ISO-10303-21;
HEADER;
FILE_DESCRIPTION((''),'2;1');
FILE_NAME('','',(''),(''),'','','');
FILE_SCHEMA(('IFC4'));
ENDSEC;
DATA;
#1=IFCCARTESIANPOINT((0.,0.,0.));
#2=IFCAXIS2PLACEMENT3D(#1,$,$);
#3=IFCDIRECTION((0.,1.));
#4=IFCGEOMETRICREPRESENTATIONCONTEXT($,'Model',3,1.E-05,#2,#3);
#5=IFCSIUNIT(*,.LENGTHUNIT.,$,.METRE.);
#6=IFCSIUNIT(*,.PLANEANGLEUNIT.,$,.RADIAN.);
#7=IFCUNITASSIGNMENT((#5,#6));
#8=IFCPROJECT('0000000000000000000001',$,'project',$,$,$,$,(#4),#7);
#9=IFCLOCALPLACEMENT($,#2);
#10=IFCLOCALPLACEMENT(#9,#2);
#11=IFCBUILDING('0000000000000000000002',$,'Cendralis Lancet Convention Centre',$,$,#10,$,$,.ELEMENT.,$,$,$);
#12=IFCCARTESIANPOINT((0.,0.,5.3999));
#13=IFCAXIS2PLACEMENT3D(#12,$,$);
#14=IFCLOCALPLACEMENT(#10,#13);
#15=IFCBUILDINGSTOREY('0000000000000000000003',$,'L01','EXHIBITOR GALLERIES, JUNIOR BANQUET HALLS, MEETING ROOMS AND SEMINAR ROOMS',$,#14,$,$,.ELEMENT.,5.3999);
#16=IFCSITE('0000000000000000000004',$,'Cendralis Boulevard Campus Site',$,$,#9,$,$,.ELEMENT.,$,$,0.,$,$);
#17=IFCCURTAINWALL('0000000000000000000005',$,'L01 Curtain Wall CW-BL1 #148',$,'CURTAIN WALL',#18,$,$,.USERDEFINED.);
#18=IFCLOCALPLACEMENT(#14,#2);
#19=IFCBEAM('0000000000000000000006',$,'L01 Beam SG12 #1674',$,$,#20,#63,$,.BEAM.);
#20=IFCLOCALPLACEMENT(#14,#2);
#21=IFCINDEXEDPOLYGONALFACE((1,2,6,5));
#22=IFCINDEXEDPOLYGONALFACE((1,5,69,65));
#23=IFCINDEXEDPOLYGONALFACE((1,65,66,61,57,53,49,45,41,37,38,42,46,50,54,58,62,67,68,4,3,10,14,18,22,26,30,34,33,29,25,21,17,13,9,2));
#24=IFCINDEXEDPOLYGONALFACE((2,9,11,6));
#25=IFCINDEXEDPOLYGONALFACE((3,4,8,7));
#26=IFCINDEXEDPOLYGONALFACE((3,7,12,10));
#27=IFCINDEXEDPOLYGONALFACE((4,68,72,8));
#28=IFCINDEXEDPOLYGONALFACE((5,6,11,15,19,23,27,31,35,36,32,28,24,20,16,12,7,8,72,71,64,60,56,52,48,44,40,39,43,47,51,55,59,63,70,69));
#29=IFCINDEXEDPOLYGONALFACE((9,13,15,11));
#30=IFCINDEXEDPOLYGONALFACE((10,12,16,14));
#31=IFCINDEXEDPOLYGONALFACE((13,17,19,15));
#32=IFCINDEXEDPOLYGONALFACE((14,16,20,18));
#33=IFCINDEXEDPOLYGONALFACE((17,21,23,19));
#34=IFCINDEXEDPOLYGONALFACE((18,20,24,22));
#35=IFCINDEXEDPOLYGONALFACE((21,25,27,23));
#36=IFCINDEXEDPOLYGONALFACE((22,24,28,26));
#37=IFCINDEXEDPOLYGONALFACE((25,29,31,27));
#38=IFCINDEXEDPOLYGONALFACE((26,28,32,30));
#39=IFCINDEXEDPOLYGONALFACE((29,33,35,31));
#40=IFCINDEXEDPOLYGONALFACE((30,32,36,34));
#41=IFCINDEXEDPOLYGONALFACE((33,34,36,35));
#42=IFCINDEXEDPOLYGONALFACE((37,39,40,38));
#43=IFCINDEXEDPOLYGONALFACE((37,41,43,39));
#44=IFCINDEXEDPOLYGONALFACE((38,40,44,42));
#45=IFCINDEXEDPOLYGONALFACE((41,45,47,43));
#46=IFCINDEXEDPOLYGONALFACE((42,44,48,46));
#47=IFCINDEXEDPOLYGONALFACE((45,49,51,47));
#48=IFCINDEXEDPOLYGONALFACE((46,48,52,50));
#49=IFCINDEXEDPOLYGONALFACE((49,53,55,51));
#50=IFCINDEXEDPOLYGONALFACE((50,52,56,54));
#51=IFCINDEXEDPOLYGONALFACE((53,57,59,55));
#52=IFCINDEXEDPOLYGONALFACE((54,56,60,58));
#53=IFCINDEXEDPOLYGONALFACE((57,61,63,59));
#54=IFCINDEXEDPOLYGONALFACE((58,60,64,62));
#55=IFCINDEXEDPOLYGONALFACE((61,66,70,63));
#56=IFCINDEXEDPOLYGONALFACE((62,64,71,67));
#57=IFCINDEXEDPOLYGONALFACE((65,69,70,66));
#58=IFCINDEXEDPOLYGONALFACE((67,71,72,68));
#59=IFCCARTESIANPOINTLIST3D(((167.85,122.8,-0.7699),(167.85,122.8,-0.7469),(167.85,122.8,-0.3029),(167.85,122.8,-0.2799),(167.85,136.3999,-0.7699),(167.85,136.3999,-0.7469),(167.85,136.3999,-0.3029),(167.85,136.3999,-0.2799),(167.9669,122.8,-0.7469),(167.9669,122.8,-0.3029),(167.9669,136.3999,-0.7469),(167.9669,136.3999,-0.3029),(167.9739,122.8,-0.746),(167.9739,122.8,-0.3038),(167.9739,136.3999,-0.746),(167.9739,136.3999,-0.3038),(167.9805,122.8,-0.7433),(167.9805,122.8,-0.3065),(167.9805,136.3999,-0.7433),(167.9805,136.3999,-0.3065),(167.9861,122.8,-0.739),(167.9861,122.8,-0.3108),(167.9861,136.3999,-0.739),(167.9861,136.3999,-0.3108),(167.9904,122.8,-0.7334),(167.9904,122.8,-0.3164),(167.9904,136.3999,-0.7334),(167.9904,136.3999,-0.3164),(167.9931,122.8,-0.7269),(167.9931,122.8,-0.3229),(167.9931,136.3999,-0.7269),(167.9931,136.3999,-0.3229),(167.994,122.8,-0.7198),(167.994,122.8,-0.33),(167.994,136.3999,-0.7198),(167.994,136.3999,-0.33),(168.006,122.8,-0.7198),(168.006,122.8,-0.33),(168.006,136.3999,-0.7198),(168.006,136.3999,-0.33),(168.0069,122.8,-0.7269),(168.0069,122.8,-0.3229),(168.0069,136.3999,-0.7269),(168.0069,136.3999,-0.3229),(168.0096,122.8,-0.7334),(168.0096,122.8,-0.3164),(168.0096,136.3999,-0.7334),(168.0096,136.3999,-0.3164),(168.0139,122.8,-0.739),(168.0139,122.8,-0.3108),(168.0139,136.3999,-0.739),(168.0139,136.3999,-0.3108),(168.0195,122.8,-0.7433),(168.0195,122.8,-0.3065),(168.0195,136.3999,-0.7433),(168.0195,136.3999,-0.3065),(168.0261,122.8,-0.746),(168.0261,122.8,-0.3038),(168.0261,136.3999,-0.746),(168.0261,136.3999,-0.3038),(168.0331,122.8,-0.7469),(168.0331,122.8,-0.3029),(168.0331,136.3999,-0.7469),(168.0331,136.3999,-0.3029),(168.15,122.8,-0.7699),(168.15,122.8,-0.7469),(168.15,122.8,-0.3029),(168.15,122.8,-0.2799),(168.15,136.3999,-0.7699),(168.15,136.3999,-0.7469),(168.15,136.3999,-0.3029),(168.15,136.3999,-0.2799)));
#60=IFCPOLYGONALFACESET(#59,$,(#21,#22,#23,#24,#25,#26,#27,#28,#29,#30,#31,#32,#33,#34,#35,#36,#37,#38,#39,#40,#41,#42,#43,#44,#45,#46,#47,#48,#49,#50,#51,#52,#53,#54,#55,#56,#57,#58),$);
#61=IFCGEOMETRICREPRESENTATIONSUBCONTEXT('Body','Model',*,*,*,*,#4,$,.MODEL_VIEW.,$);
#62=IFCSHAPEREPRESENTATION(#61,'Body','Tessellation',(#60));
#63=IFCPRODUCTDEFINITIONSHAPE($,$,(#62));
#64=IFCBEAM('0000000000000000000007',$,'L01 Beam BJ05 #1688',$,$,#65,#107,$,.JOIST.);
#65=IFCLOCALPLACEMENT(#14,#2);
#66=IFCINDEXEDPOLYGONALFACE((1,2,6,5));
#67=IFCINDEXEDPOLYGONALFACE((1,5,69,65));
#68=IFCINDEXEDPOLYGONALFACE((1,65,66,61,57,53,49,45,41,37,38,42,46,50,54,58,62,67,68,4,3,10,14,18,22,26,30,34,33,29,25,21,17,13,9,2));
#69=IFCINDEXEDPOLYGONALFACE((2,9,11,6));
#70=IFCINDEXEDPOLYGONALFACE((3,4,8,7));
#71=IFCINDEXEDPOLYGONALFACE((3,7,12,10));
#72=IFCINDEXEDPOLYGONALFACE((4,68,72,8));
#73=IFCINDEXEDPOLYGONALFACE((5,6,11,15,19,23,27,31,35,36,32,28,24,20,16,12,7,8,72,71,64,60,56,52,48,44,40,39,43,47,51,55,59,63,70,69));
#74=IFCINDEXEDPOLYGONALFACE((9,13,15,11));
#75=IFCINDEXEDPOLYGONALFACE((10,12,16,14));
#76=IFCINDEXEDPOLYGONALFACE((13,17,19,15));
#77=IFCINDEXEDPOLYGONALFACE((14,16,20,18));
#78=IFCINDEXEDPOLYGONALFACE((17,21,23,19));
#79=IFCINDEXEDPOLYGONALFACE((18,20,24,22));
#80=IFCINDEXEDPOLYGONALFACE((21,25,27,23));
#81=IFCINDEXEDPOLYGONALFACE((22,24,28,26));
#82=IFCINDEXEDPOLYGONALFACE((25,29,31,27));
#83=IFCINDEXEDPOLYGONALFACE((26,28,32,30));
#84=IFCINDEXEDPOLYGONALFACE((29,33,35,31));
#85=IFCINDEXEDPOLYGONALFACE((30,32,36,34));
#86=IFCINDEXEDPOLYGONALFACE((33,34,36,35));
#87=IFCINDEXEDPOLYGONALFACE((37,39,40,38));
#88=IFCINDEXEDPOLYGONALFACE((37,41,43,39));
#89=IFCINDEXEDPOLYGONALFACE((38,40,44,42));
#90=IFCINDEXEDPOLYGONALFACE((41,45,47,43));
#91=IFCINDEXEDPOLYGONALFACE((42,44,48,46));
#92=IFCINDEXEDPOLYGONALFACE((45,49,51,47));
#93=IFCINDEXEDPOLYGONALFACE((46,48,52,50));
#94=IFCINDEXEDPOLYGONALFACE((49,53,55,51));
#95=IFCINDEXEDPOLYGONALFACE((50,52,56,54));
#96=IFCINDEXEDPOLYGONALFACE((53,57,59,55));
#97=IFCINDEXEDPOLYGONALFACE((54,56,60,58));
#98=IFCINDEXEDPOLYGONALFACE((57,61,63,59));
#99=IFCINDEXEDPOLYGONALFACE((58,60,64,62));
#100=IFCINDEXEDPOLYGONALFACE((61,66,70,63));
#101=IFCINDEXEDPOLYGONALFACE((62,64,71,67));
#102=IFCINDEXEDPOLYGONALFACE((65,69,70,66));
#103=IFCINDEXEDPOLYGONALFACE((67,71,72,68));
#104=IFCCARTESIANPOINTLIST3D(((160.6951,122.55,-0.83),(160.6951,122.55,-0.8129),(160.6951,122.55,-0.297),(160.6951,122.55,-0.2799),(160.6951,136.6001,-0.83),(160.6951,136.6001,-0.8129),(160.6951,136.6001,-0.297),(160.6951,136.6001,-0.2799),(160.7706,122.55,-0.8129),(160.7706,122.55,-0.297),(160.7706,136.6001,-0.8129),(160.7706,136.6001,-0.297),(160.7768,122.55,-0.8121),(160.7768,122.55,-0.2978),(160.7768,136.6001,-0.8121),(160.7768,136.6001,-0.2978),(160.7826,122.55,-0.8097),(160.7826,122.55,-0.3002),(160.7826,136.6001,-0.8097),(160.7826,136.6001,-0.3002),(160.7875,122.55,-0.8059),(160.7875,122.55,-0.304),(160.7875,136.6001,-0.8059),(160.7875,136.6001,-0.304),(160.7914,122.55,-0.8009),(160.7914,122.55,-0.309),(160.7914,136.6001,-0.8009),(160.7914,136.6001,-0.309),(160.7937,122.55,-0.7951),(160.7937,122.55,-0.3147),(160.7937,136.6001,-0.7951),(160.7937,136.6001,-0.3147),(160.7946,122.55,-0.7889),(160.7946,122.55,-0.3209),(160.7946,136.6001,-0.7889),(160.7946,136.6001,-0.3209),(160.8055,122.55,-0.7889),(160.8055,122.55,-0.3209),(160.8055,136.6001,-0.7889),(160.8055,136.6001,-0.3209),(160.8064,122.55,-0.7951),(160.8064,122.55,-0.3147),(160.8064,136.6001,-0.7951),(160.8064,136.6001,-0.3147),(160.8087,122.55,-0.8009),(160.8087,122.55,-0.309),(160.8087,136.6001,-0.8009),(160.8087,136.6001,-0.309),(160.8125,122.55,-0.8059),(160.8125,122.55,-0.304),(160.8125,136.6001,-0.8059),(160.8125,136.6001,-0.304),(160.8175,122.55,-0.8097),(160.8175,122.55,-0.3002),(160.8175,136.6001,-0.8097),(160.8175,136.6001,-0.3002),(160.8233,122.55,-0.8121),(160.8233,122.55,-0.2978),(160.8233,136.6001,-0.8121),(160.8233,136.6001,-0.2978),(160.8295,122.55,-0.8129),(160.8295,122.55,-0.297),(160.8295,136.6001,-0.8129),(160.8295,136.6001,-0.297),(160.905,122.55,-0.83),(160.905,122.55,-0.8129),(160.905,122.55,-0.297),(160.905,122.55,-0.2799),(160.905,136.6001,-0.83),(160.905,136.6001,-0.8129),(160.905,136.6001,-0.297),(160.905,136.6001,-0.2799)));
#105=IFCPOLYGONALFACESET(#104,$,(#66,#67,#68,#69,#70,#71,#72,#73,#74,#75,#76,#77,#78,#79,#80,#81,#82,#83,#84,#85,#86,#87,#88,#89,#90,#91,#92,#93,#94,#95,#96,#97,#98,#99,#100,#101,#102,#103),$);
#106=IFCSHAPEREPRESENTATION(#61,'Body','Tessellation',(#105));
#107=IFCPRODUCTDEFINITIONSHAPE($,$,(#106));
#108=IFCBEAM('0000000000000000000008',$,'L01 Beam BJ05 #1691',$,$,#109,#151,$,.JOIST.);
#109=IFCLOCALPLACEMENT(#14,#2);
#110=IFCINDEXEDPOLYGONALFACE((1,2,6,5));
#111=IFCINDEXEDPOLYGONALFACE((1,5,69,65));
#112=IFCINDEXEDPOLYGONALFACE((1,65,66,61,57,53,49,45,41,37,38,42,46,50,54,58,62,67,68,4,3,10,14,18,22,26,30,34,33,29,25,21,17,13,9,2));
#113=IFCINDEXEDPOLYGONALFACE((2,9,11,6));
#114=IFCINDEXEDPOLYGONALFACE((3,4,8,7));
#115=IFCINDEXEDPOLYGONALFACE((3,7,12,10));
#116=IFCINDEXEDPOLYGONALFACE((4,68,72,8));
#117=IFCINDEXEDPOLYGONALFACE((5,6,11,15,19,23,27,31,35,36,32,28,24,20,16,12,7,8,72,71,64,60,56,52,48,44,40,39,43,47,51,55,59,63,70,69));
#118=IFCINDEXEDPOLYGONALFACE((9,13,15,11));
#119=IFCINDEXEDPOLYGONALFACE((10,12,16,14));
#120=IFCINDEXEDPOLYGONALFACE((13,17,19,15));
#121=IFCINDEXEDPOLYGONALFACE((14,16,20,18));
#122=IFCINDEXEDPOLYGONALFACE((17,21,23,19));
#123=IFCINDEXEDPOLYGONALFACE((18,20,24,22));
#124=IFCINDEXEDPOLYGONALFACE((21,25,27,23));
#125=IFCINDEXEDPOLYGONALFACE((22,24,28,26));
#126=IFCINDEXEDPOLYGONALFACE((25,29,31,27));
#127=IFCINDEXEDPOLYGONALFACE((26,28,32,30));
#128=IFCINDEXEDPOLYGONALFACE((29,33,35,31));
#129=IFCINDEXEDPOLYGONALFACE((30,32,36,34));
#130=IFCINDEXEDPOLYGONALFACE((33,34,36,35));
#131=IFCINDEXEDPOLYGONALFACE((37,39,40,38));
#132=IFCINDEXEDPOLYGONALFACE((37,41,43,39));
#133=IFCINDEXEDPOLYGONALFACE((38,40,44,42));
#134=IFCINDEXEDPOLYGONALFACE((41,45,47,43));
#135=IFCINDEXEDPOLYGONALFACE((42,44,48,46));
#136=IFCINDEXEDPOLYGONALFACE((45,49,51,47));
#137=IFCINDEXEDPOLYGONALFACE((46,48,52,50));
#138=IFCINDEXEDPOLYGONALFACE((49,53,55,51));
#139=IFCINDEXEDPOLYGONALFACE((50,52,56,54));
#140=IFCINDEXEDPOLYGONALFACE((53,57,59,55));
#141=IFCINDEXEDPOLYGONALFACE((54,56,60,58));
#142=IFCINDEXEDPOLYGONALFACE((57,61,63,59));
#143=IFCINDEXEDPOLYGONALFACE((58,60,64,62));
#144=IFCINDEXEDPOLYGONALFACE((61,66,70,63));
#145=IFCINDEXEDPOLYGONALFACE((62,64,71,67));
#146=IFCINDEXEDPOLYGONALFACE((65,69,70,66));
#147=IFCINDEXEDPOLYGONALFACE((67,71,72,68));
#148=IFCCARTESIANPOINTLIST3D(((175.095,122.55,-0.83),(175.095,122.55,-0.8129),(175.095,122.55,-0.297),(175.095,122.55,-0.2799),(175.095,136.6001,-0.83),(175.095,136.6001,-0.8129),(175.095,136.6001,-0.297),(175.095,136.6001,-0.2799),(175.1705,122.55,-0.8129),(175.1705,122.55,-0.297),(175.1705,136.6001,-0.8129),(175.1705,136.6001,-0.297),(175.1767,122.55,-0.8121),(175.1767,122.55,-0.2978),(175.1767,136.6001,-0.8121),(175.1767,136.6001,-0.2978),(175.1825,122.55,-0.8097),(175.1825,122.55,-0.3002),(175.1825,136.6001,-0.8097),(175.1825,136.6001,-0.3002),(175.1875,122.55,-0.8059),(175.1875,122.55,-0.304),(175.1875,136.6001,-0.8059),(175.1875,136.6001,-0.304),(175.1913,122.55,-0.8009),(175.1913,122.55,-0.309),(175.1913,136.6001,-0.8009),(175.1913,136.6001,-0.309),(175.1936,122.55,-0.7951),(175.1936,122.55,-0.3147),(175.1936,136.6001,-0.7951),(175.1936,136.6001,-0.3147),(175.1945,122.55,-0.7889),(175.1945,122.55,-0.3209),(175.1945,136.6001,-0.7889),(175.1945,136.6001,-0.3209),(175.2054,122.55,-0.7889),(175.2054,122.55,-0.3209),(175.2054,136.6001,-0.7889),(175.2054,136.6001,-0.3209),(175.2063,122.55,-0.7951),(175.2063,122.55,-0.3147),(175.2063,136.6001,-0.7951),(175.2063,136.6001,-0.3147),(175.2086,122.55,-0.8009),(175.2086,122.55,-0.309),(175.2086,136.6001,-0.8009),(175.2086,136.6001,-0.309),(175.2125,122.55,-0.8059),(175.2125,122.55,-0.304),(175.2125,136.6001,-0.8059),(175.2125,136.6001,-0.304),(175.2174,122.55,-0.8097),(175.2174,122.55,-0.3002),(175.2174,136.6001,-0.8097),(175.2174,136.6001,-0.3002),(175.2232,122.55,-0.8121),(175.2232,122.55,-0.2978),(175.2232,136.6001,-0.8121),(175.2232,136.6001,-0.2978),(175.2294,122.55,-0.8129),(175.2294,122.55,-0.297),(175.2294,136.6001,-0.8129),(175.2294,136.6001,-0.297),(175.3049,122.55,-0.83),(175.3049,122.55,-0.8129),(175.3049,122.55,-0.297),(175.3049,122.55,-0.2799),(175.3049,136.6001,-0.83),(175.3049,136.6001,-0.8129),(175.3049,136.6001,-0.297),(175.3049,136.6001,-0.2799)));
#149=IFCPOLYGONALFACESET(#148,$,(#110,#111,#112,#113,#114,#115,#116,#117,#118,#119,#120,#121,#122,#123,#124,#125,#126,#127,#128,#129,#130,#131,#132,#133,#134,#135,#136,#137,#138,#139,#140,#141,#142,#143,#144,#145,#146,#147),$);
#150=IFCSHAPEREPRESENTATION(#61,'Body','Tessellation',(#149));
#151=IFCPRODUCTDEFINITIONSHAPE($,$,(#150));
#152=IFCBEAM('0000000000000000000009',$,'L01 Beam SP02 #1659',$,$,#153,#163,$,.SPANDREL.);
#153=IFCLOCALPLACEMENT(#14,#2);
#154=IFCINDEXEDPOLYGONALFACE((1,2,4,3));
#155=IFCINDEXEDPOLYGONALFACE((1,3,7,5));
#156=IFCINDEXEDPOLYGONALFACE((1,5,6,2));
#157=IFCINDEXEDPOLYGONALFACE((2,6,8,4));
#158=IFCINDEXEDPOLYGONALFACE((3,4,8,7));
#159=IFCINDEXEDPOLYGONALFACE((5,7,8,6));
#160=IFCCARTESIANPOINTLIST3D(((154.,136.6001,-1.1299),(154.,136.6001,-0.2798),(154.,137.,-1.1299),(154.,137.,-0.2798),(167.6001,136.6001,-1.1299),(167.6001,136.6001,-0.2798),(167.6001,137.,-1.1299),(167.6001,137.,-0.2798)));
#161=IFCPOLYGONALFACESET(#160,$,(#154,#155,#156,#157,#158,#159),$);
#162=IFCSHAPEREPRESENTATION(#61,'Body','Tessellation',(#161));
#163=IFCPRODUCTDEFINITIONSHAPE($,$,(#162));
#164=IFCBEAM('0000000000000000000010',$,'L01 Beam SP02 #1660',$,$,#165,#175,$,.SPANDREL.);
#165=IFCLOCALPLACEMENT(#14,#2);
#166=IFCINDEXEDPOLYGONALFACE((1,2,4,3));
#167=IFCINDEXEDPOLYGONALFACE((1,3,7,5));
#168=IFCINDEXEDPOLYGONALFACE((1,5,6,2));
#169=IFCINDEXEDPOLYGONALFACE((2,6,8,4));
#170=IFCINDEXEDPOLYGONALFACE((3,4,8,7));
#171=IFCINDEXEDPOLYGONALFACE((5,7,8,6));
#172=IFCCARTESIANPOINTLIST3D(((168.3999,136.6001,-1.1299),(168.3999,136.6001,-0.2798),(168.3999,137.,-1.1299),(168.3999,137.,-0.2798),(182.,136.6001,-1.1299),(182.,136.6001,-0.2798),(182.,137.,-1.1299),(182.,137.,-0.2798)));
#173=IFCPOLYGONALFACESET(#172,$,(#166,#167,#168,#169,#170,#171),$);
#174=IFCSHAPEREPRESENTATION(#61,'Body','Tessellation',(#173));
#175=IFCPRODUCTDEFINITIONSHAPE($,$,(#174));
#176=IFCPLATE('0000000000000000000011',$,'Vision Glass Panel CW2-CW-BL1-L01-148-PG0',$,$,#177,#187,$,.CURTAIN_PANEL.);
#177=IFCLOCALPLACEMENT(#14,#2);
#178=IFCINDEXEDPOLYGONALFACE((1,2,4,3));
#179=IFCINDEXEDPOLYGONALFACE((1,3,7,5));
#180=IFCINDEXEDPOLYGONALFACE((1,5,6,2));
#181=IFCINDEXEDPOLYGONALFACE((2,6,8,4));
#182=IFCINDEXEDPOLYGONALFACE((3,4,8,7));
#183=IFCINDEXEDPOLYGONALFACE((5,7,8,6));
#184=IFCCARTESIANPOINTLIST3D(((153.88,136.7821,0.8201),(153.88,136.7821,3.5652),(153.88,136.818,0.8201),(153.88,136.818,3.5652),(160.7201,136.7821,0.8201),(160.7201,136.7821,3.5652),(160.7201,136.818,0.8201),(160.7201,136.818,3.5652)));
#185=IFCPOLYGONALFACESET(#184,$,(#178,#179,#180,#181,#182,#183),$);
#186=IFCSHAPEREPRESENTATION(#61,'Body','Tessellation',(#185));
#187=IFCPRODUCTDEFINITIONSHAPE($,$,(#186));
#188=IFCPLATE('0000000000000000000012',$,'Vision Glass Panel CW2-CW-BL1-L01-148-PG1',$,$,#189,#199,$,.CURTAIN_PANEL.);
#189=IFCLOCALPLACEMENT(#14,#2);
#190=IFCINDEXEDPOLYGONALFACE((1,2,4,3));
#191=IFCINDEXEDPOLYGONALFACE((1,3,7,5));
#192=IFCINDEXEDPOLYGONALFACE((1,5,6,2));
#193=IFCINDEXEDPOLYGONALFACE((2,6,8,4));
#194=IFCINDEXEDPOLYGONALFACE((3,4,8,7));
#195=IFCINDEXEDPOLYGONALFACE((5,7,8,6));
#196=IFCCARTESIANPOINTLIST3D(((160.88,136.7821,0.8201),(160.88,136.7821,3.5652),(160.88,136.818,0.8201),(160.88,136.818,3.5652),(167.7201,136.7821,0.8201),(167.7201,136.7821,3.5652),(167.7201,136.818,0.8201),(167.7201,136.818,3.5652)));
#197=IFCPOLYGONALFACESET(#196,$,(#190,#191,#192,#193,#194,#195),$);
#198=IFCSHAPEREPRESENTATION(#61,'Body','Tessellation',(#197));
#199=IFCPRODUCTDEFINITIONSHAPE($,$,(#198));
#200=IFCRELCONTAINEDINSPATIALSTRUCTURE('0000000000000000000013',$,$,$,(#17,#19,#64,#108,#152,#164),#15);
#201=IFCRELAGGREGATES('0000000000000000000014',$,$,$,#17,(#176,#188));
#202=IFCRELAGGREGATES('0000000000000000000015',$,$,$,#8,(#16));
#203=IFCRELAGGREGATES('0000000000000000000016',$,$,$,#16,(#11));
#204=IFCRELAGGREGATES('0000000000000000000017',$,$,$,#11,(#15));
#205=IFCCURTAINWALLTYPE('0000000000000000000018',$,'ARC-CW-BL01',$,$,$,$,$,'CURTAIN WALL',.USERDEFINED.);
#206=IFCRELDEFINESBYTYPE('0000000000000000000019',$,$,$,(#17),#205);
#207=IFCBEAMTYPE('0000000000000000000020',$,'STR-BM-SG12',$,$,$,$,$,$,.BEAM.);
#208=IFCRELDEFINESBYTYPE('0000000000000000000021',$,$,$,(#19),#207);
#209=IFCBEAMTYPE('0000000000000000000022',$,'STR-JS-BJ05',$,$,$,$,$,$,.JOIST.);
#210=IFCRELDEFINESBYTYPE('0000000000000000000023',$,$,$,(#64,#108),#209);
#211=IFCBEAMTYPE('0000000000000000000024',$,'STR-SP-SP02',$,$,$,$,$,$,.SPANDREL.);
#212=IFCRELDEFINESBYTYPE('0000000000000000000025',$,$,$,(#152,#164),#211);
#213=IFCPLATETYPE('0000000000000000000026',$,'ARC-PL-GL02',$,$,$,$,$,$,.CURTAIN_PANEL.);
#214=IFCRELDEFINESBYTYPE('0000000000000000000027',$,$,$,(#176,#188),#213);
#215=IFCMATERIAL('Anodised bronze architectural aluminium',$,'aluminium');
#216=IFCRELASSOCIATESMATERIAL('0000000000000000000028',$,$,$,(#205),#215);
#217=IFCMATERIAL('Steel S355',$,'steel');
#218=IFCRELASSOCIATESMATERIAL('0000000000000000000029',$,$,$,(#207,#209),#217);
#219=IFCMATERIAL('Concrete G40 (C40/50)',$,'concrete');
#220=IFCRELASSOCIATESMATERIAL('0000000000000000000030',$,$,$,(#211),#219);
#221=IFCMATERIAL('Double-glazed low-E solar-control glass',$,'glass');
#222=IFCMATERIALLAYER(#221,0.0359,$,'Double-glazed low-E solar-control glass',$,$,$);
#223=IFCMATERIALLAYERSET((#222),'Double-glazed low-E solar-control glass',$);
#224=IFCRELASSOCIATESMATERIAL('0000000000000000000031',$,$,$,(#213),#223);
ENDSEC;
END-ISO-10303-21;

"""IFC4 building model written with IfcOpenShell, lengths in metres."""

from ifc_helpers import new_model, si_unit, direction, frame, origin, origin_2d, place, context, subcontext, project, spatial, rectangle, i_section, extrude, material, layer, layer_set, material_profile, profile_set, type_object, element, aggregate, save


model = new_model("IFC4")

# Units and contexts
model_context = context("Model", 3, precision=1e-05, world=origin(), true_north=direction((0.0, 1.0)))
body_context = subcontext(model_context, "Body", "Model", "MODEL_VIEW")
ifc_project = project(units=[si_unit("LENGTHUNIT", "METRE"), si_unit("PLANEANGLEUNIT", "RADIAN")], contexts=[model_context])

# Site, building, storey
site_placement = place(None, origin())
site = spatial("IfcSite", under=ifc_project, at=site_placement, Name="Cendralis Boulevard Campus Site", CompositionType="ELEMENT", RefElevation=0.0)
building_placement = place(site_placement, origin())
building = spatial("IfcBuilding", under=site, at=building_placement, Name="Cendralis Lancet Convention Centre", CompositionType="ELEMENT")
storey_placement = place(building_placement, frame((0.0, 0.0, 5.3999)))
storey = spatial("IfcBuildingStorey", under=building, at=storey_placement, Name="L01", Description="EXHIBITOR GALLERIES, JUNIOR BANQUET HALLS, MEETING ROOMS AND SEMINAR ROOMS", CompositionType="ELEMENT", Elevation=5.3999)

# Shared definitions
ifc_material_1 = material(Name="Steel S355", Category="steel")

# Curtain wall
ifc_material_2 = material(Name="Anodised bronze architectural aluminium", Category="aluminium")
curtain_wall_type = type_object("IfcCurtainWallType", Name="ARC-CW-BL01", ElementType="CURTAIN WALL", PredefinedType="USERDEFINED", material=ifc_material_2)
curtain_wall_placement = place(storey_placement, origin())
curtain_wall = element("IfcCurtainWall", 1, at=curtain_wall_placement, inside=storey, type_object=curtain_wall_type, Name="L01 Curtain Wall CW-BL1 #148", ObjectType="CURTAIN WALL", PredefinedType="USERDEFINED")

# Beams
ifc_material_3 = material(Name="Concrete G40 (C40/50)", Category="concrete")
ifc_material_profile_1 = material_profile(ifc_material_1, i_section(OverallWidth=0.3, OverallDepth=0.49, WebThickness=0.012, FlangeThickness=0.0229, FilletRadius=0.0271, at=origin_2d()), Name="HEA 500")
ifc_profile_set_1 = profile_set([ifc_material_profile_1], Name="Steel S355")
beam_type_1 = type_object("IfcBeamType", Name="STR-BM-SG12", PredefinedType="BEAM", material=ifc_profile_set_1)
beam_1_placement = place(storey_placement, frame((168.0, 122.8, -0.5249), z_axis=(0.0, 1.0, 0.0), x_axis=(-1.0, 0.0, 0.0)))
element("IfcBeam", 2, at=beam_1_placement, inside=storey, type_object=beam_type_1, Name="L01 Beam SG12 #1674", PredefinedType="BEAM", context=body_context, shape_type="SweptSolid", body=[
    extrude(i_section(OverallWidth=0.3, OverallDepth=0.49, WebThickness=0.012, FlangeThickness=0.0229, FilletRadius=0.0271, at=origin_2d()), origin(), (0.0, 0.0, 1.0), 13.5999),
])
ifc_material_profile_2 = material_profile(ifc_material_1, i_section(OverallWidth=0.21, OverallDepth=0.55, WebThickness=0.011, FlangeThickness=0.0171, FilletRadius=0.0239, at=origin_2d()), Name="IPE 550")
ifc_profile_set_2 = profile_set([ifc_material_profile_2], Name="Steel S355")
beam_type_2 = type_object("IfcBeamType", Name="STR-JS-BJ05", PredefinedType="JOIST", material=ifc_profile_set_2)
for number, where, z_axis, x_axis, name in (
    (3, (160.8, 122.55, -0.5549), (0.0, 1.0, 0.0), (-1.0, 0.0, 0.0), "L01 Beam BJ05 #1688"),
    (4, (175.2, 122.55, -0.5549), (0.0, 1.0, 0.0), (-1.0, 0.0, 0.0), "L01 Beam BJ05 #1691"),
):
    element("IfcBeam", number, at=place(storey_placement, frame(where, z_axis=z_axis, x_axis=x_axis)), inside=storey, type_object=beam_type_2, Name=name, PredefinedType="JOIST", context=body_context, shape_type="SweptSolid", body=[
        extrude(i_section(OverallWidth=0.21, OverallDepth=0.55, WebThickness=0.011, FlangeThickness=0.0171, FilletRadius=0.0239, at=origin_2d()), origin(), (0.0, 0.0, 1.0), 14.05),
    ])
ifc_material_profile_3 = material_profile(ifc_material_3, rectangle(XDim=0.3999, YDim=0.8501, at=origin_2d()), Name="RCB 400x850")
ifc_profile_set_3 = profile_set([ifc_material_profile_3], Name="Concrete G40 (C40/50)")
beam_type_3 = type_object("IfcBeamType", Name="STR-SP-SP02", PredefinedType="SPANDREL", material=ifc_profile_set_3)
for number, where, z_axis, x_axis, name in (
    (5, (154.0, 136.8, -0.7048), (1.0, 0.0, 0.0), (0.0, 1.0, 0.0), "L01 Beam SP02 #1659"),
    (6, (168.3999, 136.8, -0.7048), (1.0, 0.0, 0.0), (0.0, 1.0, 0.0), "L01 Beam SP02 #1660"),
):
    element("IfcBeam", number, at=place(storey_placement, frame(where, z_axis=z_axis, x_axis=x_axis)), inside=storey, type_object=beam_type_3, Name=name, PredefinedType="SPANDREL", context=body_context, shape_type="SweptSolid", body=[
        extrude(rectangle(XDim=0.3999, YDim=0.8501, at=origin_2d()), origin(), (0.0, 0.0, 1.0), 13.6001),
    ])

# Plates
ifc_material_4 = material(Name="Double-glazed low-E solar-control glass", Category="glass")
ifc_layer_1 = layer(ifc_material_4, 0.0359, Name="Double-glazed low-E solar-control glass")
ifc_layer_set_1 = layer_set([ifc_layer_1], Name="Double-glazed low-E solar-control glass")
plate_type_1 = type_object("IfcPlateType", Name="ARC-PL-GL02", PredefinedType="CURTAIN_PANEL", material=ifc_layer_set_1)
plate_1_placement = place(storey_placement, frame((157.3, 136.8, 0.8201), z_axis=(0.0, 0.0, 1.0), x_axis=(1.0, 0.0, 0.0)))
plate_1 = element("IfcPlate", 7, at=plate_1_placement, type_object=plate_type_1, Name="Vision Glass Panel CW2-CW-BL1-L01-148-PG0", PredefinedType="CURTAIN_PANEL", context=body_context, shape_type="SweptSolid", body=[
    extrude(rectangle(XDim=6.8401, YDim=0.0359, at=origin_2d()), origin(), (0.0, 0.0, 1.0), 2.7451),
])
plate_2_placement = place(storey_placement, frame((164.3, 136.8, 0.8201), z_axis=(0.0, 0.0, 1.0), x_axis=(1.0, 0.0, 0.0)))
plate_2 = element("IfcPlate", 8, at=plate_2_placement, type_object=plate_type_1, Name="Vision Glass Panel CW2-CW-BL1-L01-148-PG1", PredefinedType="CURTAIN_PANEL", context=body_context, shape_type="SweptSolid", body=[
    extrude(rectangle(XDim=6.8401, YDim=0.0359, at=origin_2d()), origin(), (0.0, 0.0, 1.0), 2.7451),
])
aggregate(curtain_wall, [plate_1, plate_2])

save(model, "model.ifc")
